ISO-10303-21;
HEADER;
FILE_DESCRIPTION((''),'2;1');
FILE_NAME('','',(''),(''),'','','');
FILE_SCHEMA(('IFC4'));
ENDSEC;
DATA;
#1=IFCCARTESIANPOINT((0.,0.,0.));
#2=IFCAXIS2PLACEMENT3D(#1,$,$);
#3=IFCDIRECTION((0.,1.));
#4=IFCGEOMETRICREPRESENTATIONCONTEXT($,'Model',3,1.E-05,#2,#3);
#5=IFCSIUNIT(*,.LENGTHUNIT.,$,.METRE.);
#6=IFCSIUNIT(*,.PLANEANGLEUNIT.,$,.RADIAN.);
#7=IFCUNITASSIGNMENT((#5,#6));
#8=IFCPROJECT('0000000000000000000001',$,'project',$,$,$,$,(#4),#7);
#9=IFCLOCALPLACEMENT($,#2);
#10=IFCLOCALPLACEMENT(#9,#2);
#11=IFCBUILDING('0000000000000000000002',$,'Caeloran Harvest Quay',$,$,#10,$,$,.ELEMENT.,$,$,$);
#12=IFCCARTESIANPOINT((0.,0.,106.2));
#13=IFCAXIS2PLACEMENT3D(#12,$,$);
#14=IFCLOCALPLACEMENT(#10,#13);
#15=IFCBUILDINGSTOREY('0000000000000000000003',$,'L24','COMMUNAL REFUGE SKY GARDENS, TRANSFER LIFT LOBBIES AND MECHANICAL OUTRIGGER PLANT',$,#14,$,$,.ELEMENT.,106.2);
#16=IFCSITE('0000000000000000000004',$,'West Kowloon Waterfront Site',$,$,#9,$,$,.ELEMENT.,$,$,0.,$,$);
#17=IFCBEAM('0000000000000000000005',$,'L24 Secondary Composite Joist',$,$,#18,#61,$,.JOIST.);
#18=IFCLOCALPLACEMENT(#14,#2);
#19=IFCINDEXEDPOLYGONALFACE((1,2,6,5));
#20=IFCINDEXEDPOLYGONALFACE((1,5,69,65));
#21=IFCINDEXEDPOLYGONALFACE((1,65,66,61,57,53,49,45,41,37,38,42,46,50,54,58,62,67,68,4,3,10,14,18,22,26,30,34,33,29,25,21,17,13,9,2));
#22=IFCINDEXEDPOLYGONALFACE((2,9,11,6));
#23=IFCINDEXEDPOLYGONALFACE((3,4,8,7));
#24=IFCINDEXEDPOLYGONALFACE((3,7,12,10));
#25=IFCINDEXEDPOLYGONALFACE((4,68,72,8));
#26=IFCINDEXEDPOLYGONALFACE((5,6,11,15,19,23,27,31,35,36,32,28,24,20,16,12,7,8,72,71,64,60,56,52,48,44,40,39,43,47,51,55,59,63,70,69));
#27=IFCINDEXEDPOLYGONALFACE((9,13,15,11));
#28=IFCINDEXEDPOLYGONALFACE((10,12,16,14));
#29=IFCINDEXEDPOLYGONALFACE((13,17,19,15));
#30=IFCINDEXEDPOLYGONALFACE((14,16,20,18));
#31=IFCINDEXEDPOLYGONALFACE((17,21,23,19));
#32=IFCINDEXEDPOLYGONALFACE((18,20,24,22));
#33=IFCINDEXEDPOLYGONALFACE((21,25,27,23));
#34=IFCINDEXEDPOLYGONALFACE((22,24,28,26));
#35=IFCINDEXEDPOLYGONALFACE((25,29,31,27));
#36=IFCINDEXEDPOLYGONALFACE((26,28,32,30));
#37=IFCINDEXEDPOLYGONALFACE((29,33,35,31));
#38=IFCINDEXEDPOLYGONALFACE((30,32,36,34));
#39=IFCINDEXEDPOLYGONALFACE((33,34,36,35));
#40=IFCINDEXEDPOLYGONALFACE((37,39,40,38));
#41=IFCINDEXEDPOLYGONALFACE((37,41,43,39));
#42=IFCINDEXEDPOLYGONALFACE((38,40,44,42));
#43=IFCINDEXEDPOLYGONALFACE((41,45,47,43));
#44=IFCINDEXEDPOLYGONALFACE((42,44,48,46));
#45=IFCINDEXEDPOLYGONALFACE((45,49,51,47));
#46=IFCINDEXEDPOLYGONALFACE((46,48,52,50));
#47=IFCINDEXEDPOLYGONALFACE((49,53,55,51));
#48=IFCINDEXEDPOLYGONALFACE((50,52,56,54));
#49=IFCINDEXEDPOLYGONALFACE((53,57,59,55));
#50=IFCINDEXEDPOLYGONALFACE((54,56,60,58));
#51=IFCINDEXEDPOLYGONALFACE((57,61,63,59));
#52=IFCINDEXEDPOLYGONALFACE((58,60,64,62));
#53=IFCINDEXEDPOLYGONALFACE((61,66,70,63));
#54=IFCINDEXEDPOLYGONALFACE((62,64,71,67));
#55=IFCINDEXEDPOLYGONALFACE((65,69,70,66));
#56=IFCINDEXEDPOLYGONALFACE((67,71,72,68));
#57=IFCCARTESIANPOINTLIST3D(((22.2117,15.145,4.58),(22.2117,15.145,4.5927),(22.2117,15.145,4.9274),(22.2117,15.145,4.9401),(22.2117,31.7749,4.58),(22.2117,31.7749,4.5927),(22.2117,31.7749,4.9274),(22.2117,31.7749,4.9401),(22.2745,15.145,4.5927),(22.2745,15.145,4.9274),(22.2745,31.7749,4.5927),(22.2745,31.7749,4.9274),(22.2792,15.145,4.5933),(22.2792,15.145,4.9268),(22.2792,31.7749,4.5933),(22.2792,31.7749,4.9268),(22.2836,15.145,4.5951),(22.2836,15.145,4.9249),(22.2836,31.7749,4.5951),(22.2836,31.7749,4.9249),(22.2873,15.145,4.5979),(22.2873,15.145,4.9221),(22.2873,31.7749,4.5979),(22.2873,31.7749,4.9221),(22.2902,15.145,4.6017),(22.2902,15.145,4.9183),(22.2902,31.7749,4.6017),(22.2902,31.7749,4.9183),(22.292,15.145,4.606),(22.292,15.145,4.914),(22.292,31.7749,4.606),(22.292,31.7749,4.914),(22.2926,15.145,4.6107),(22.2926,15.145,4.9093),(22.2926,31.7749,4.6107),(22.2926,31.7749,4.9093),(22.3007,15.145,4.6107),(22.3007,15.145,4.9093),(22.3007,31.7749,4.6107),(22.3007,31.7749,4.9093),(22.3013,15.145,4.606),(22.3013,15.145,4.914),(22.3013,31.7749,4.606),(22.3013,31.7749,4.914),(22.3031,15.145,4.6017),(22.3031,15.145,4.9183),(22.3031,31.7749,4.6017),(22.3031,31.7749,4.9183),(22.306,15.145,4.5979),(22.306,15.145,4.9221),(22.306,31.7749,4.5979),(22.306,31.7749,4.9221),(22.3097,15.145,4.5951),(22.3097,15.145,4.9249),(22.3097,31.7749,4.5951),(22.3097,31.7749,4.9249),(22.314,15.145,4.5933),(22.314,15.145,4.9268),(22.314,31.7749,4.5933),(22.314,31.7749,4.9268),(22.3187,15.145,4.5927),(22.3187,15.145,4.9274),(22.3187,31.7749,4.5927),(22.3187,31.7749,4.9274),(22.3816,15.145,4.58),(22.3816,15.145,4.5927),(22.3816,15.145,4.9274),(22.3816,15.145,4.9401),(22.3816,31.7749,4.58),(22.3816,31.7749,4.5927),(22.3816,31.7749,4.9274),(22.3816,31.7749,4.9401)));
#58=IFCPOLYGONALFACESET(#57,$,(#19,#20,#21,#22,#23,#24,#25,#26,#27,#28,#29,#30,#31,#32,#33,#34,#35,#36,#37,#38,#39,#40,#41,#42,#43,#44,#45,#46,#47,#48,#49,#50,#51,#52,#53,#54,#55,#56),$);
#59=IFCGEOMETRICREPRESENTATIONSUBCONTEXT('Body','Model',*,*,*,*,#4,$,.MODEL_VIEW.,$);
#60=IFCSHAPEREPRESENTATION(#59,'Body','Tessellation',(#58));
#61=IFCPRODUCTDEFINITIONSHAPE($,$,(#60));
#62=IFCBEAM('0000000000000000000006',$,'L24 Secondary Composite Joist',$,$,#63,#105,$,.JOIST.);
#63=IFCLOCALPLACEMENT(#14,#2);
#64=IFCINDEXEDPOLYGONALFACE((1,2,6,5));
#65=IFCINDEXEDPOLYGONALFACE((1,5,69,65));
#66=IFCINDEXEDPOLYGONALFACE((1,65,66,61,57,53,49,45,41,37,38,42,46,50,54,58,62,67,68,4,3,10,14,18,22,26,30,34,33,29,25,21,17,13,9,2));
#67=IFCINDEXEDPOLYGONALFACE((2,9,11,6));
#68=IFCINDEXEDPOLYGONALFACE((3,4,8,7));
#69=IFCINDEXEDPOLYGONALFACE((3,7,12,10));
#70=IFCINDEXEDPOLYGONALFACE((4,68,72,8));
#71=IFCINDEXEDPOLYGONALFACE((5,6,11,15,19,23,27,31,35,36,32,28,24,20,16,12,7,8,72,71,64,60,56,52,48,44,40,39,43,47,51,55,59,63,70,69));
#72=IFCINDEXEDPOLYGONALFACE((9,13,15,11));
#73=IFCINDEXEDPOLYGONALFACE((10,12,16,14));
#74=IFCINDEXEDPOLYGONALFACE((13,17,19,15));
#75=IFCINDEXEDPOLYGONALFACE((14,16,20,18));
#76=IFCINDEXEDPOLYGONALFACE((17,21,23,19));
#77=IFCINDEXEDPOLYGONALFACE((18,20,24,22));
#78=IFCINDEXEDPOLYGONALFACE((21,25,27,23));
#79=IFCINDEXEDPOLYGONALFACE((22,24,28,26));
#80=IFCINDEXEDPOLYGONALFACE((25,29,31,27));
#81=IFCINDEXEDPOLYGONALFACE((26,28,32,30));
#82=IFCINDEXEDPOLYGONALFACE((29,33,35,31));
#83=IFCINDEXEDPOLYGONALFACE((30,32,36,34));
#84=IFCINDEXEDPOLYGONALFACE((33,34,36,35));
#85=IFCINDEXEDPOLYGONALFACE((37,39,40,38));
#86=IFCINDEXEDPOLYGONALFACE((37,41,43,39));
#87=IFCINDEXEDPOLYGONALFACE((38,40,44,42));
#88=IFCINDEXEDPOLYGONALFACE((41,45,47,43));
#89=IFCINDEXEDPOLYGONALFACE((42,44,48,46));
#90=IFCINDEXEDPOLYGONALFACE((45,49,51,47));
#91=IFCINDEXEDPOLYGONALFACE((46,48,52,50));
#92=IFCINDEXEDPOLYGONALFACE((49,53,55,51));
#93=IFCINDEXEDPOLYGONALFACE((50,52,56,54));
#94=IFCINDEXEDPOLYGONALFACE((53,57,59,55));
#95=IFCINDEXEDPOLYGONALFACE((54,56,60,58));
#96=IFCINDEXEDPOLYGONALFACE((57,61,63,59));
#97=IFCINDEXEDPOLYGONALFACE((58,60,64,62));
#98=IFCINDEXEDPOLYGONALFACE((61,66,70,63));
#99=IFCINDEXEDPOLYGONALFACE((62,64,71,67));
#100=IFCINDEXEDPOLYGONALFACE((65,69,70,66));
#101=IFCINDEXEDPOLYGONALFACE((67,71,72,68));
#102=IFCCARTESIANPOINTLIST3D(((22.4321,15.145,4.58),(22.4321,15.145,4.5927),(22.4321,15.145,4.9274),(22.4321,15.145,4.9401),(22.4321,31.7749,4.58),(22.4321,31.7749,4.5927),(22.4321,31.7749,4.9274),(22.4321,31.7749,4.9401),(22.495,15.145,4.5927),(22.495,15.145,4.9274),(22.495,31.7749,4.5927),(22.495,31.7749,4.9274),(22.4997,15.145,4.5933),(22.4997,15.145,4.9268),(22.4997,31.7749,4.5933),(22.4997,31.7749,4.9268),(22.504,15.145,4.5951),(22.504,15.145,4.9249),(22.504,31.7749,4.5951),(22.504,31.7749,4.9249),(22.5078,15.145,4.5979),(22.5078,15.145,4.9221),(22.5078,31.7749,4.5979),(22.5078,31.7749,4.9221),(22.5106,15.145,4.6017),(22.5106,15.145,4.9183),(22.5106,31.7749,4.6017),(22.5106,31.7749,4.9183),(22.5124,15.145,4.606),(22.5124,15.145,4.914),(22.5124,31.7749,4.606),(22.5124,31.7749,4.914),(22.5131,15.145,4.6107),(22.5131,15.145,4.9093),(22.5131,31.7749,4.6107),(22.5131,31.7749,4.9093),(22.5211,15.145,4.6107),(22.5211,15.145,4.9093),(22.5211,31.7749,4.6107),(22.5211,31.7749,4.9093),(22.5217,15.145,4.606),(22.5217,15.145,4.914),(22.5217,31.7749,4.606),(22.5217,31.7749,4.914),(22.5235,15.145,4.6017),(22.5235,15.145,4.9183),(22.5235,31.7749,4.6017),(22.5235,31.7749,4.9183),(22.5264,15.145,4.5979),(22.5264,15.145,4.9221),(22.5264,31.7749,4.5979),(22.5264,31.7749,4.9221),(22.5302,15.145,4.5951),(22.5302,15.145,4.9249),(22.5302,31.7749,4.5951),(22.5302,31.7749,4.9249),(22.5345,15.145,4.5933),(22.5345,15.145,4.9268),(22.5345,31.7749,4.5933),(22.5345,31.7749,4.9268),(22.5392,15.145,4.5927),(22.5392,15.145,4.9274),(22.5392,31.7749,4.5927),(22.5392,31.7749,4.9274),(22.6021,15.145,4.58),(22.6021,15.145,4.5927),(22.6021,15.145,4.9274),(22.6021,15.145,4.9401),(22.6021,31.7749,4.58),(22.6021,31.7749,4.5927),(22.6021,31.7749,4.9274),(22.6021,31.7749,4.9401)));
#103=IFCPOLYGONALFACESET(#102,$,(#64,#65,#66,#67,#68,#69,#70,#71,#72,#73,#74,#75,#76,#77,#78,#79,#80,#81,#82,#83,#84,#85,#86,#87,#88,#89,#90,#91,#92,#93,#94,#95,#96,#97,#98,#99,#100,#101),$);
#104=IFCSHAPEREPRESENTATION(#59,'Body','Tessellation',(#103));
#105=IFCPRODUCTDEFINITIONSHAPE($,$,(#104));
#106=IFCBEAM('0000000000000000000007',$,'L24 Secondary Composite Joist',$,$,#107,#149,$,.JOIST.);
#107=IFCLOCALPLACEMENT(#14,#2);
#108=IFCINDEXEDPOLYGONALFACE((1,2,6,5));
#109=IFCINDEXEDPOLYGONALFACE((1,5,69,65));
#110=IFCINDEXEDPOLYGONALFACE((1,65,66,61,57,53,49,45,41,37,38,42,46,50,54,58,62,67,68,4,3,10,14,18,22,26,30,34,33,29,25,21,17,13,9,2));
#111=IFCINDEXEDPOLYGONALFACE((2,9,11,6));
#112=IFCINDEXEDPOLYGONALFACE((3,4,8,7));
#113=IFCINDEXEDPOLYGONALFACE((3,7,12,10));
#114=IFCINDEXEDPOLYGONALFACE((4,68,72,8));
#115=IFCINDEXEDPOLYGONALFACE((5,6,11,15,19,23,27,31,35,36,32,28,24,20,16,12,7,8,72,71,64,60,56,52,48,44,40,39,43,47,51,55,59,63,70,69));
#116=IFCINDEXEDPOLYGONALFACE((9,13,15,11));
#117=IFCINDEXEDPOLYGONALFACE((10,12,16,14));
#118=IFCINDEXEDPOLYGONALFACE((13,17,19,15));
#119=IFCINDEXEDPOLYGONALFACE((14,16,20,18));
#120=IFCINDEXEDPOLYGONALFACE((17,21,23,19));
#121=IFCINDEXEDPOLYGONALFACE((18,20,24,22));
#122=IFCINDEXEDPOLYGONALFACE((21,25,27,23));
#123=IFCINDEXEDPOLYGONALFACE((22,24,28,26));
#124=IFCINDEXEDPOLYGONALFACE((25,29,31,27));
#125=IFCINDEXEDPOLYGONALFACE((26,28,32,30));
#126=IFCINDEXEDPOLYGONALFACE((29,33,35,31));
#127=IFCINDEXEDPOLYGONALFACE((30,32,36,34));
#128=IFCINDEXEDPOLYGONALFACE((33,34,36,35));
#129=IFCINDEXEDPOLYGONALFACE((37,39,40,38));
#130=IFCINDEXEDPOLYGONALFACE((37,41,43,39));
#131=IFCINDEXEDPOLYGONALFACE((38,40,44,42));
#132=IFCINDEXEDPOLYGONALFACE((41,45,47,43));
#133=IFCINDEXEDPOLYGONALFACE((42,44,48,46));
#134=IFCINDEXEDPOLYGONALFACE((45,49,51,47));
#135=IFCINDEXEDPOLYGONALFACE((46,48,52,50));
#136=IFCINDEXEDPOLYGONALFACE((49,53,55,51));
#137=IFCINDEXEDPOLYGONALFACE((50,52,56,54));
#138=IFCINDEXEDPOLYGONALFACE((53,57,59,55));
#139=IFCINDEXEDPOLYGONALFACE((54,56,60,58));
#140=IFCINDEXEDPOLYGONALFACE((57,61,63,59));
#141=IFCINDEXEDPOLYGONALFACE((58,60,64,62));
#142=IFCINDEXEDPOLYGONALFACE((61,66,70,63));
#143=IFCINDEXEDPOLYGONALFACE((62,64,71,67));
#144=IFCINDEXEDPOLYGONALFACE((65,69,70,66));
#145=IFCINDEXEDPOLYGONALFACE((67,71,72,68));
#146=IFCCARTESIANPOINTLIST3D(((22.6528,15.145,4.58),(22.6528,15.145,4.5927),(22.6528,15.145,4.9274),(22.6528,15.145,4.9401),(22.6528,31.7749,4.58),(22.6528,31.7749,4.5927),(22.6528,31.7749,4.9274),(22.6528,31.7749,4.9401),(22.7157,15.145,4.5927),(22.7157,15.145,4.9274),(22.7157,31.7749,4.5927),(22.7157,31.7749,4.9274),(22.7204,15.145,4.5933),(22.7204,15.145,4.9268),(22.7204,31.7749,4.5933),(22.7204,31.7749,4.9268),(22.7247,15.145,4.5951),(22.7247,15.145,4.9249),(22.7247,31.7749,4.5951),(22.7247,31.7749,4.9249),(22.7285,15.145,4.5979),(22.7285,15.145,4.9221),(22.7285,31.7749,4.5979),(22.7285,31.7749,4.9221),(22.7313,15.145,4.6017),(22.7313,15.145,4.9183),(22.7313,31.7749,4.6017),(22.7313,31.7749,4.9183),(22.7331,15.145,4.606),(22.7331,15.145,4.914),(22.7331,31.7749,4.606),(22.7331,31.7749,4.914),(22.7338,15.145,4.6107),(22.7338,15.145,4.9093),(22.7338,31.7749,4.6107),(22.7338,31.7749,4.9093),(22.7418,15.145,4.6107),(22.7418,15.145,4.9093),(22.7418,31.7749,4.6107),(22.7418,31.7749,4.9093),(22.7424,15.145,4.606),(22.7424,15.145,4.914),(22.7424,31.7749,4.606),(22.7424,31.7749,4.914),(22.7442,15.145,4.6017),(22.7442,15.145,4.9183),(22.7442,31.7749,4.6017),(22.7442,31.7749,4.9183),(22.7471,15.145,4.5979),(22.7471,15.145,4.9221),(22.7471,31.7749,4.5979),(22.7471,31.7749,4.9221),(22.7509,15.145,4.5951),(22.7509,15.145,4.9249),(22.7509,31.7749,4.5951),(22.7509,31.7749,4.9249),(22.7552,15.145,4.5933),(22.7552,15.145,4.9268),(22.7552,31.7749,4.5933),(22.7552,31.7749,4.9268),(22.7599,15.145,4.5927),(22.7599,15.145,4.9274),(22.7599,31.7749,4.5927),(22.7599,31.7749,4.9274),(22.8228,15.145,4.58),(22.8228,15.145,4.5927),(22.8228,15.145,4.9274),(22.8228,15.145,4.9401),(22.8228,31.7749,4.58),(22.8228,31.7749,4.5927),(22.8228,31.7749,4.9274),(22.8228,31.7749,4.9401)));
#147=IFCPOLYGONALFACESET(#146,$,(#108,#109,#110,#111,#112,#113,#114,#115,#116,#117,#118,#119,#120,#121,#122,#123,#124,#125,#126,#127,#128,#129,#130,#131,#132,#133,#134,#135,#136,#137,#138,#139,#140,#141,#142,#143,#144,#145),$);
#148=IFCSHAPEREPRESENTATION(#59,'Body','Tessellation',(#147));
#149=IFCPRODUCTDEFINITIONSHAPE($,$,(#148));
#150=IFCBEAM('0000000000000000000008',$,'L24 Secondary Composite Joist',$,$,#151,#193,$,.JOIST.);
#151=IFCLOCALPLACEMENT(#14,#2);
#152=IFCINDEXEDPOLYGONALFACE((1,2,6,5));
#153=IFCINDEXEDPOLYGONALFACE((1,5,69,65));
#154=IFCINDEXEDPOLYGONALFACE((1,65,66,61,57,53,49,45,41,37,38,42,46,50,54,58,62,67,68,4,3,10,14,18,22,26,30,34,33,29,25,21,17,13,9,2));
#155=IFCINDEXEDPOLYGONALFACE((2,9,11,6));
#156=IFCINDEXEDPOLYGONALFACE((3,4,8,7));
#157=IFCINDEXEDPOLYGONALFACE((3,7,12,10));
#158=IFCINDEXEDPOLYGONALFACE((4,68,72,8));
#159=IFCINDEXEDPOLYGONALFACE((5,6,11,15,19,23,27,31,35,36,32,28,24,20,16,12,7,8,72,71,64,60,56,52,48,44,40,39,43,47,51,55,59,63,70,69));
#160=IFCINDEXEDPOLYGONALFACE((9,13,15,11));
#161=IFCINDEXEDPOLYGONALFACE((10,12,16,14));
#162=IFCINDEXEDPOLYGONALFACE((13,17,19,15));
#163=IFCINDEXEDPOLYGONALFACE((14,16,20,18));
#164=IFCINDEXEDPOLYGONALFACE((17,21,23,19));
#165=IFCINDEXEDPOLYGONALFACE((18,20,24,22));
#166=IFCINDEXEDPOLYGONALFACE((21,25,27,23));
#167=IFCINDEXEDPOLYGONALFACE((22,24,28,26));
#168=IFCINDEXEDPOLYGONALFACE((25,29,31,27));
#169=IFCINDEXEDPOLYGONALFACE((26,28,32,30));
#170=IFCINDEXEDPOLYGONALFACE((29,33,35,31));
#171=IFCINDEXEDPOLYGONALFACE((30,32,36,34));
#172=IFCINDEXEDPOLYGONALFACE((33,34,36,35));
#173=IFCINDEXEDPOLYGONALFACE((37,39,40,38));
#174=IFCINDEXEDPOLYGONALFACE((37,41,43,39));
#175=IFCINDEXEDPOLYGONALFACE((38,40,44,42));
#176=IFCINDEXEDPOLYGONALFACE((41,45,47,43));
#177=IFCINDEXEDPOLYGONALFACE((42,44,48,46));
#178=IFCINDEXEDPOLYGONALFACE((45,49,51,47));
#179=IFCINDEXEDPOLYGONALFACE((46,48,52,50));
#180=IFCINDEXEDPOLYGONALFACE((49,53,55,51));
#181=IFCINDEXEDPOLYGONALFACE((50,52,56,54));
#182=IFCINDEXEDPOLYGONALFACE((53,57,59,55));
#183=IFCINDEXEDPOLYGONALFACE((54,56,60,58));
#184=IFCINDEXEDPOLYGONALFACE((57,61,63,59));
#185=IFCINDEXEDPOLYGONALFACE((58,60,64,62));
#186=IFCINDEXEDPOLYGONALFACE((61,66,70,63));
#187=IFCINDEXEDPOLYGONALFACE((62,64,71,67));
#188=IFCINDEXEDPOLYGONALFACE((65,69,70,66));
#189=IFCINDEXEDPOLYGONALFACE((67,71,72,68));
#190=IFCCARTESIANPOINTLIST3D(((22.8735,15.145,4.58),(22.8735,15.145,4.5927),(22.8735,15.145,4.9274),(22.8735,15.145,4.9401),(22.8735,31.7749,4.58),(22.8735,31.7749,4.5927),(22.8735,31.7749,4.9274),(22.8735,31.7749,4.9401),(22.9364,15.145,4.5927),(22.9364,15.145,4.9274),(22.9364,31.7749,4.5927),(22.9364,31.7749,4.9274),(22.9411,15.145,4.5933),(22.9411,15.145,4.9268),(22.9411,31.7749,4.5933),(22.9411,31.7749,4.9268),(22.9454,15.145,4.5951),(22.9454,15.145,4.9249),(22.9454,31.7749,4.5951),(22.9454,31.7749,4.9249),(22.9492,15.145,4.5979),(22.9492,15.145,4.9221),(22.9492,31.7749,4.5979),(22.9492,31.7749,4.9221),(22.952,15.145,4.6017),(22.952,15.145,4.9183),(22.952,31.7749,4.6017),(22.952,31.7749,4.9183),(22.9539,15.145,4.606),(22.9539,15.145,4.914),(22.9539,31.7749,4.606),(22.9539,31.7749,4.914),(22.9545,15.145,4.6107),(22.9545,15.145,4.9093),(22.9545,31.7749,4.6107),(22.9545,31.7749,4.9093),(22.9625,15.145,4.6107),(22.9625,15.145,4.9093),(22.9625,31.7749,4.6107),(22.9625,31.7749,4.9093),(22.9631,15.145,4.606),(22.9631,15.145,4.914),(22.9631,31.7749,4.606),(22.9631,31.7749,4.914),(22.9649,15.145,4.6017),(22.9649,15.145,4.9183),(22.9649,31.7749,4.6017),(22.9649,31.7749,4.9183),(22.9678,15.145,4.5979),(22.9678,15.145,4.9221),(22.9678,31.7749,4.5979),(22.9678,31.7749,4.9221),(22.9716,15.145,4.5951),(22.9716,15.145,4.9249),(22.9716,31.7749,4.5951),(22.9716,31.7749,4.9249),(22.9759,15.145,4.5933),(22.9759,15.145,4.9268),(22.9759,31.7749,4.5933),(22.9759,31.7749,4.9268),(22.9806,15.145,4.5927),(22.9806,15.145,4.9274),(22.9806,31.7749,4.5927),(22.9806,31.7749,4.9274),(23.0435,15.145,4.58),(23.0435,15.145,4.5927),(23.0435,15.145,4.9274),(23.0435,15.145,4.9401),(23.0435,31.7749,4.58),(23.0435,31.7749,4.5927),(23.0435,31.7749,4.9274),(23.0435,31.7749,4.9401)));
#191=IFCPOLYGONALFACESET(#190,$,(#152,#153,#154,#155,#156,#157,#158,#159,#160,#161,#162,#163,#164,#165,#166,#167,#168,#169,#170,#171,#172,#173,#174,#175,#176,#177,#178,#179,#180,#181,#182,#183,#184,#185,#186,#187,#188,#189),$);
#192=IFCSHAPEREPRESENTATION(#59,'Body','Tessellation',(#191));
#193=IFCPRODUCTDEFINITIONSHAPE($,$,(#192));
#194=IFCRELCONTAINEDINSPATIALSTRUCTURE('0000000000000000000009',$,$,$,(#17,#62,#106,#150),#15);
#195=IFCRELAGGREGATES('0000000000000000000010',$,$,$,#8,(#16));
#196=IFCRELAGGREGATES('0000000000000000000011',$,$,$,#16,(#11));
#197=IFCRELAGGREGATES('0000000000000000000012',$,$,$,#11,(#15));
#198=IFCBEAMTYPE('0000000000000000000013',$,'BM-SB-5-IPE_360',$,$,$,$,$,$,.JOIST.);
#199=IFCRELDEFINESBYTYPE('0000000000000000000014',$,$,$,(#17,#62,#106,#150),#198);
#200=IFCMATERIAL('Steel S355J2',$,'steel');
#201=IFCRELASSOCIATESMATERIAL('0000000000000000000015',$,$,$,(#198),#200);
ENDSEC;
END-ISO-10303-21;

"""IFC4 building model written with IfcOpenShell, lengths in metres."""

from ifc_helpers import new_model, si_unit, direction, frame, origin, origin_2d, place, context, subcontext, project, spatial, i_section, extrude, material, material_profile, profile_set, type_object, element, save


model = new_model("IFC4")

# Units and contexts
model_context = context("Model", 3, precision=1e-05, world=origin(), true_north=direction((0.0, 1.0)))
body_context = subcontext(model_context, "Body", "Model", "MODEL_VIEW")
ifc_project = project(units=[si_unit("LENGTHUNIT", "METRE"), si_unit("PLANEANGLEUNIT", "RADIAN")], contexts=[model_context])

# Site, building, storey
site_placement = place(None, origin())
site = spatial("IfcSite", under=ifc_project, at=site_placement, Name="West Kowloon Waterfront Site", CompositionType="ELEMENT", RefElevation=0.0)
building_placement = place(site_placement, origin())
building = spatial("IfcBuilding", under=site, at=building_placement, Name="Caeloran Harvest Quay", CompositionType="ELEMENT")
storey_placement = place(building_placement, frame((0.0, 0.0, 106.2)))
storey = spatial("IfcBuildingStorey", under=building, at=storey_placement, Name="L24", Description="COMMUNAL REFUGE SKY GARDENS, TRANSFER LIFT LOBBIES AND MECHANICAL OUTRIGGER PLANT", CompositionType="ELEMENT", Elevation=106.2)

# Beams
ifc_material_1 = material(Name="Steel S355J2", Category="steel")
ifc_material_profile_1 = material_profile(ifc_material_1, i_section(OverallWidth=0.1699, OverallDepth=0.3601, WebThickness=0.0081, FlangeThickness=0.0127, FilletRadius=0.0181, at=origin_2d()), Name="IPE 360")
ifc_profile_set_1 = profile_set([ifc_material_profile_1], Name="Steel S355J2")
beam_type_1 = type_object("IfcBeamType", Name="BM-SB-5-IPE_360", PredefinedType="JOIST", material=ifc_profile_set_1)
for number, where, z_axis, x_axis, name in (
    (1, (22.2966, 15.145, 4.76), (0.0, 1.0, 0.0), (-1.0, 0.0, 0.0), "L24 Secondary Composite Joist"),
    (2, (22.5171, 15.145, 4.76), (0.0, 1.0, 0.0), (-1.0, 0.0, 0.0), "L24 Secondary Composite Joist"),
    (3, (22.7378, 15.145, 4.76), (0.0, 1.0, 0.0), (-1.0, 0.0, 0.0), "L24 Secondary Composite Joist"),
    (4, (22.9585, 15.145, 4.76), (0.0, 1.0, 0.0), (-1.0, 0.0, 0.0), "L24 Secondary Composite Joist"),
):
    element("IfcBeam", number, at=place(storey_placement, frame(where, z_axis=z_axis, x_axis=x_axis)), inside=storey, type_object=beam_type_1, Name=name, PredefinedType="JOIST", context=body_context, shape_type="SweptSolid", body=[
        extrude(i_section(OverallWidth=0.1699, OverallDepth=0.3601, WebThickness=0.0081, FlangeThickness=0.0127, FilletRadius=0.0181, at=origin_2d()), origin(), (0.0, 0.0, 1.0), 16.6299),
    ])

save(model, "model.ifc")
